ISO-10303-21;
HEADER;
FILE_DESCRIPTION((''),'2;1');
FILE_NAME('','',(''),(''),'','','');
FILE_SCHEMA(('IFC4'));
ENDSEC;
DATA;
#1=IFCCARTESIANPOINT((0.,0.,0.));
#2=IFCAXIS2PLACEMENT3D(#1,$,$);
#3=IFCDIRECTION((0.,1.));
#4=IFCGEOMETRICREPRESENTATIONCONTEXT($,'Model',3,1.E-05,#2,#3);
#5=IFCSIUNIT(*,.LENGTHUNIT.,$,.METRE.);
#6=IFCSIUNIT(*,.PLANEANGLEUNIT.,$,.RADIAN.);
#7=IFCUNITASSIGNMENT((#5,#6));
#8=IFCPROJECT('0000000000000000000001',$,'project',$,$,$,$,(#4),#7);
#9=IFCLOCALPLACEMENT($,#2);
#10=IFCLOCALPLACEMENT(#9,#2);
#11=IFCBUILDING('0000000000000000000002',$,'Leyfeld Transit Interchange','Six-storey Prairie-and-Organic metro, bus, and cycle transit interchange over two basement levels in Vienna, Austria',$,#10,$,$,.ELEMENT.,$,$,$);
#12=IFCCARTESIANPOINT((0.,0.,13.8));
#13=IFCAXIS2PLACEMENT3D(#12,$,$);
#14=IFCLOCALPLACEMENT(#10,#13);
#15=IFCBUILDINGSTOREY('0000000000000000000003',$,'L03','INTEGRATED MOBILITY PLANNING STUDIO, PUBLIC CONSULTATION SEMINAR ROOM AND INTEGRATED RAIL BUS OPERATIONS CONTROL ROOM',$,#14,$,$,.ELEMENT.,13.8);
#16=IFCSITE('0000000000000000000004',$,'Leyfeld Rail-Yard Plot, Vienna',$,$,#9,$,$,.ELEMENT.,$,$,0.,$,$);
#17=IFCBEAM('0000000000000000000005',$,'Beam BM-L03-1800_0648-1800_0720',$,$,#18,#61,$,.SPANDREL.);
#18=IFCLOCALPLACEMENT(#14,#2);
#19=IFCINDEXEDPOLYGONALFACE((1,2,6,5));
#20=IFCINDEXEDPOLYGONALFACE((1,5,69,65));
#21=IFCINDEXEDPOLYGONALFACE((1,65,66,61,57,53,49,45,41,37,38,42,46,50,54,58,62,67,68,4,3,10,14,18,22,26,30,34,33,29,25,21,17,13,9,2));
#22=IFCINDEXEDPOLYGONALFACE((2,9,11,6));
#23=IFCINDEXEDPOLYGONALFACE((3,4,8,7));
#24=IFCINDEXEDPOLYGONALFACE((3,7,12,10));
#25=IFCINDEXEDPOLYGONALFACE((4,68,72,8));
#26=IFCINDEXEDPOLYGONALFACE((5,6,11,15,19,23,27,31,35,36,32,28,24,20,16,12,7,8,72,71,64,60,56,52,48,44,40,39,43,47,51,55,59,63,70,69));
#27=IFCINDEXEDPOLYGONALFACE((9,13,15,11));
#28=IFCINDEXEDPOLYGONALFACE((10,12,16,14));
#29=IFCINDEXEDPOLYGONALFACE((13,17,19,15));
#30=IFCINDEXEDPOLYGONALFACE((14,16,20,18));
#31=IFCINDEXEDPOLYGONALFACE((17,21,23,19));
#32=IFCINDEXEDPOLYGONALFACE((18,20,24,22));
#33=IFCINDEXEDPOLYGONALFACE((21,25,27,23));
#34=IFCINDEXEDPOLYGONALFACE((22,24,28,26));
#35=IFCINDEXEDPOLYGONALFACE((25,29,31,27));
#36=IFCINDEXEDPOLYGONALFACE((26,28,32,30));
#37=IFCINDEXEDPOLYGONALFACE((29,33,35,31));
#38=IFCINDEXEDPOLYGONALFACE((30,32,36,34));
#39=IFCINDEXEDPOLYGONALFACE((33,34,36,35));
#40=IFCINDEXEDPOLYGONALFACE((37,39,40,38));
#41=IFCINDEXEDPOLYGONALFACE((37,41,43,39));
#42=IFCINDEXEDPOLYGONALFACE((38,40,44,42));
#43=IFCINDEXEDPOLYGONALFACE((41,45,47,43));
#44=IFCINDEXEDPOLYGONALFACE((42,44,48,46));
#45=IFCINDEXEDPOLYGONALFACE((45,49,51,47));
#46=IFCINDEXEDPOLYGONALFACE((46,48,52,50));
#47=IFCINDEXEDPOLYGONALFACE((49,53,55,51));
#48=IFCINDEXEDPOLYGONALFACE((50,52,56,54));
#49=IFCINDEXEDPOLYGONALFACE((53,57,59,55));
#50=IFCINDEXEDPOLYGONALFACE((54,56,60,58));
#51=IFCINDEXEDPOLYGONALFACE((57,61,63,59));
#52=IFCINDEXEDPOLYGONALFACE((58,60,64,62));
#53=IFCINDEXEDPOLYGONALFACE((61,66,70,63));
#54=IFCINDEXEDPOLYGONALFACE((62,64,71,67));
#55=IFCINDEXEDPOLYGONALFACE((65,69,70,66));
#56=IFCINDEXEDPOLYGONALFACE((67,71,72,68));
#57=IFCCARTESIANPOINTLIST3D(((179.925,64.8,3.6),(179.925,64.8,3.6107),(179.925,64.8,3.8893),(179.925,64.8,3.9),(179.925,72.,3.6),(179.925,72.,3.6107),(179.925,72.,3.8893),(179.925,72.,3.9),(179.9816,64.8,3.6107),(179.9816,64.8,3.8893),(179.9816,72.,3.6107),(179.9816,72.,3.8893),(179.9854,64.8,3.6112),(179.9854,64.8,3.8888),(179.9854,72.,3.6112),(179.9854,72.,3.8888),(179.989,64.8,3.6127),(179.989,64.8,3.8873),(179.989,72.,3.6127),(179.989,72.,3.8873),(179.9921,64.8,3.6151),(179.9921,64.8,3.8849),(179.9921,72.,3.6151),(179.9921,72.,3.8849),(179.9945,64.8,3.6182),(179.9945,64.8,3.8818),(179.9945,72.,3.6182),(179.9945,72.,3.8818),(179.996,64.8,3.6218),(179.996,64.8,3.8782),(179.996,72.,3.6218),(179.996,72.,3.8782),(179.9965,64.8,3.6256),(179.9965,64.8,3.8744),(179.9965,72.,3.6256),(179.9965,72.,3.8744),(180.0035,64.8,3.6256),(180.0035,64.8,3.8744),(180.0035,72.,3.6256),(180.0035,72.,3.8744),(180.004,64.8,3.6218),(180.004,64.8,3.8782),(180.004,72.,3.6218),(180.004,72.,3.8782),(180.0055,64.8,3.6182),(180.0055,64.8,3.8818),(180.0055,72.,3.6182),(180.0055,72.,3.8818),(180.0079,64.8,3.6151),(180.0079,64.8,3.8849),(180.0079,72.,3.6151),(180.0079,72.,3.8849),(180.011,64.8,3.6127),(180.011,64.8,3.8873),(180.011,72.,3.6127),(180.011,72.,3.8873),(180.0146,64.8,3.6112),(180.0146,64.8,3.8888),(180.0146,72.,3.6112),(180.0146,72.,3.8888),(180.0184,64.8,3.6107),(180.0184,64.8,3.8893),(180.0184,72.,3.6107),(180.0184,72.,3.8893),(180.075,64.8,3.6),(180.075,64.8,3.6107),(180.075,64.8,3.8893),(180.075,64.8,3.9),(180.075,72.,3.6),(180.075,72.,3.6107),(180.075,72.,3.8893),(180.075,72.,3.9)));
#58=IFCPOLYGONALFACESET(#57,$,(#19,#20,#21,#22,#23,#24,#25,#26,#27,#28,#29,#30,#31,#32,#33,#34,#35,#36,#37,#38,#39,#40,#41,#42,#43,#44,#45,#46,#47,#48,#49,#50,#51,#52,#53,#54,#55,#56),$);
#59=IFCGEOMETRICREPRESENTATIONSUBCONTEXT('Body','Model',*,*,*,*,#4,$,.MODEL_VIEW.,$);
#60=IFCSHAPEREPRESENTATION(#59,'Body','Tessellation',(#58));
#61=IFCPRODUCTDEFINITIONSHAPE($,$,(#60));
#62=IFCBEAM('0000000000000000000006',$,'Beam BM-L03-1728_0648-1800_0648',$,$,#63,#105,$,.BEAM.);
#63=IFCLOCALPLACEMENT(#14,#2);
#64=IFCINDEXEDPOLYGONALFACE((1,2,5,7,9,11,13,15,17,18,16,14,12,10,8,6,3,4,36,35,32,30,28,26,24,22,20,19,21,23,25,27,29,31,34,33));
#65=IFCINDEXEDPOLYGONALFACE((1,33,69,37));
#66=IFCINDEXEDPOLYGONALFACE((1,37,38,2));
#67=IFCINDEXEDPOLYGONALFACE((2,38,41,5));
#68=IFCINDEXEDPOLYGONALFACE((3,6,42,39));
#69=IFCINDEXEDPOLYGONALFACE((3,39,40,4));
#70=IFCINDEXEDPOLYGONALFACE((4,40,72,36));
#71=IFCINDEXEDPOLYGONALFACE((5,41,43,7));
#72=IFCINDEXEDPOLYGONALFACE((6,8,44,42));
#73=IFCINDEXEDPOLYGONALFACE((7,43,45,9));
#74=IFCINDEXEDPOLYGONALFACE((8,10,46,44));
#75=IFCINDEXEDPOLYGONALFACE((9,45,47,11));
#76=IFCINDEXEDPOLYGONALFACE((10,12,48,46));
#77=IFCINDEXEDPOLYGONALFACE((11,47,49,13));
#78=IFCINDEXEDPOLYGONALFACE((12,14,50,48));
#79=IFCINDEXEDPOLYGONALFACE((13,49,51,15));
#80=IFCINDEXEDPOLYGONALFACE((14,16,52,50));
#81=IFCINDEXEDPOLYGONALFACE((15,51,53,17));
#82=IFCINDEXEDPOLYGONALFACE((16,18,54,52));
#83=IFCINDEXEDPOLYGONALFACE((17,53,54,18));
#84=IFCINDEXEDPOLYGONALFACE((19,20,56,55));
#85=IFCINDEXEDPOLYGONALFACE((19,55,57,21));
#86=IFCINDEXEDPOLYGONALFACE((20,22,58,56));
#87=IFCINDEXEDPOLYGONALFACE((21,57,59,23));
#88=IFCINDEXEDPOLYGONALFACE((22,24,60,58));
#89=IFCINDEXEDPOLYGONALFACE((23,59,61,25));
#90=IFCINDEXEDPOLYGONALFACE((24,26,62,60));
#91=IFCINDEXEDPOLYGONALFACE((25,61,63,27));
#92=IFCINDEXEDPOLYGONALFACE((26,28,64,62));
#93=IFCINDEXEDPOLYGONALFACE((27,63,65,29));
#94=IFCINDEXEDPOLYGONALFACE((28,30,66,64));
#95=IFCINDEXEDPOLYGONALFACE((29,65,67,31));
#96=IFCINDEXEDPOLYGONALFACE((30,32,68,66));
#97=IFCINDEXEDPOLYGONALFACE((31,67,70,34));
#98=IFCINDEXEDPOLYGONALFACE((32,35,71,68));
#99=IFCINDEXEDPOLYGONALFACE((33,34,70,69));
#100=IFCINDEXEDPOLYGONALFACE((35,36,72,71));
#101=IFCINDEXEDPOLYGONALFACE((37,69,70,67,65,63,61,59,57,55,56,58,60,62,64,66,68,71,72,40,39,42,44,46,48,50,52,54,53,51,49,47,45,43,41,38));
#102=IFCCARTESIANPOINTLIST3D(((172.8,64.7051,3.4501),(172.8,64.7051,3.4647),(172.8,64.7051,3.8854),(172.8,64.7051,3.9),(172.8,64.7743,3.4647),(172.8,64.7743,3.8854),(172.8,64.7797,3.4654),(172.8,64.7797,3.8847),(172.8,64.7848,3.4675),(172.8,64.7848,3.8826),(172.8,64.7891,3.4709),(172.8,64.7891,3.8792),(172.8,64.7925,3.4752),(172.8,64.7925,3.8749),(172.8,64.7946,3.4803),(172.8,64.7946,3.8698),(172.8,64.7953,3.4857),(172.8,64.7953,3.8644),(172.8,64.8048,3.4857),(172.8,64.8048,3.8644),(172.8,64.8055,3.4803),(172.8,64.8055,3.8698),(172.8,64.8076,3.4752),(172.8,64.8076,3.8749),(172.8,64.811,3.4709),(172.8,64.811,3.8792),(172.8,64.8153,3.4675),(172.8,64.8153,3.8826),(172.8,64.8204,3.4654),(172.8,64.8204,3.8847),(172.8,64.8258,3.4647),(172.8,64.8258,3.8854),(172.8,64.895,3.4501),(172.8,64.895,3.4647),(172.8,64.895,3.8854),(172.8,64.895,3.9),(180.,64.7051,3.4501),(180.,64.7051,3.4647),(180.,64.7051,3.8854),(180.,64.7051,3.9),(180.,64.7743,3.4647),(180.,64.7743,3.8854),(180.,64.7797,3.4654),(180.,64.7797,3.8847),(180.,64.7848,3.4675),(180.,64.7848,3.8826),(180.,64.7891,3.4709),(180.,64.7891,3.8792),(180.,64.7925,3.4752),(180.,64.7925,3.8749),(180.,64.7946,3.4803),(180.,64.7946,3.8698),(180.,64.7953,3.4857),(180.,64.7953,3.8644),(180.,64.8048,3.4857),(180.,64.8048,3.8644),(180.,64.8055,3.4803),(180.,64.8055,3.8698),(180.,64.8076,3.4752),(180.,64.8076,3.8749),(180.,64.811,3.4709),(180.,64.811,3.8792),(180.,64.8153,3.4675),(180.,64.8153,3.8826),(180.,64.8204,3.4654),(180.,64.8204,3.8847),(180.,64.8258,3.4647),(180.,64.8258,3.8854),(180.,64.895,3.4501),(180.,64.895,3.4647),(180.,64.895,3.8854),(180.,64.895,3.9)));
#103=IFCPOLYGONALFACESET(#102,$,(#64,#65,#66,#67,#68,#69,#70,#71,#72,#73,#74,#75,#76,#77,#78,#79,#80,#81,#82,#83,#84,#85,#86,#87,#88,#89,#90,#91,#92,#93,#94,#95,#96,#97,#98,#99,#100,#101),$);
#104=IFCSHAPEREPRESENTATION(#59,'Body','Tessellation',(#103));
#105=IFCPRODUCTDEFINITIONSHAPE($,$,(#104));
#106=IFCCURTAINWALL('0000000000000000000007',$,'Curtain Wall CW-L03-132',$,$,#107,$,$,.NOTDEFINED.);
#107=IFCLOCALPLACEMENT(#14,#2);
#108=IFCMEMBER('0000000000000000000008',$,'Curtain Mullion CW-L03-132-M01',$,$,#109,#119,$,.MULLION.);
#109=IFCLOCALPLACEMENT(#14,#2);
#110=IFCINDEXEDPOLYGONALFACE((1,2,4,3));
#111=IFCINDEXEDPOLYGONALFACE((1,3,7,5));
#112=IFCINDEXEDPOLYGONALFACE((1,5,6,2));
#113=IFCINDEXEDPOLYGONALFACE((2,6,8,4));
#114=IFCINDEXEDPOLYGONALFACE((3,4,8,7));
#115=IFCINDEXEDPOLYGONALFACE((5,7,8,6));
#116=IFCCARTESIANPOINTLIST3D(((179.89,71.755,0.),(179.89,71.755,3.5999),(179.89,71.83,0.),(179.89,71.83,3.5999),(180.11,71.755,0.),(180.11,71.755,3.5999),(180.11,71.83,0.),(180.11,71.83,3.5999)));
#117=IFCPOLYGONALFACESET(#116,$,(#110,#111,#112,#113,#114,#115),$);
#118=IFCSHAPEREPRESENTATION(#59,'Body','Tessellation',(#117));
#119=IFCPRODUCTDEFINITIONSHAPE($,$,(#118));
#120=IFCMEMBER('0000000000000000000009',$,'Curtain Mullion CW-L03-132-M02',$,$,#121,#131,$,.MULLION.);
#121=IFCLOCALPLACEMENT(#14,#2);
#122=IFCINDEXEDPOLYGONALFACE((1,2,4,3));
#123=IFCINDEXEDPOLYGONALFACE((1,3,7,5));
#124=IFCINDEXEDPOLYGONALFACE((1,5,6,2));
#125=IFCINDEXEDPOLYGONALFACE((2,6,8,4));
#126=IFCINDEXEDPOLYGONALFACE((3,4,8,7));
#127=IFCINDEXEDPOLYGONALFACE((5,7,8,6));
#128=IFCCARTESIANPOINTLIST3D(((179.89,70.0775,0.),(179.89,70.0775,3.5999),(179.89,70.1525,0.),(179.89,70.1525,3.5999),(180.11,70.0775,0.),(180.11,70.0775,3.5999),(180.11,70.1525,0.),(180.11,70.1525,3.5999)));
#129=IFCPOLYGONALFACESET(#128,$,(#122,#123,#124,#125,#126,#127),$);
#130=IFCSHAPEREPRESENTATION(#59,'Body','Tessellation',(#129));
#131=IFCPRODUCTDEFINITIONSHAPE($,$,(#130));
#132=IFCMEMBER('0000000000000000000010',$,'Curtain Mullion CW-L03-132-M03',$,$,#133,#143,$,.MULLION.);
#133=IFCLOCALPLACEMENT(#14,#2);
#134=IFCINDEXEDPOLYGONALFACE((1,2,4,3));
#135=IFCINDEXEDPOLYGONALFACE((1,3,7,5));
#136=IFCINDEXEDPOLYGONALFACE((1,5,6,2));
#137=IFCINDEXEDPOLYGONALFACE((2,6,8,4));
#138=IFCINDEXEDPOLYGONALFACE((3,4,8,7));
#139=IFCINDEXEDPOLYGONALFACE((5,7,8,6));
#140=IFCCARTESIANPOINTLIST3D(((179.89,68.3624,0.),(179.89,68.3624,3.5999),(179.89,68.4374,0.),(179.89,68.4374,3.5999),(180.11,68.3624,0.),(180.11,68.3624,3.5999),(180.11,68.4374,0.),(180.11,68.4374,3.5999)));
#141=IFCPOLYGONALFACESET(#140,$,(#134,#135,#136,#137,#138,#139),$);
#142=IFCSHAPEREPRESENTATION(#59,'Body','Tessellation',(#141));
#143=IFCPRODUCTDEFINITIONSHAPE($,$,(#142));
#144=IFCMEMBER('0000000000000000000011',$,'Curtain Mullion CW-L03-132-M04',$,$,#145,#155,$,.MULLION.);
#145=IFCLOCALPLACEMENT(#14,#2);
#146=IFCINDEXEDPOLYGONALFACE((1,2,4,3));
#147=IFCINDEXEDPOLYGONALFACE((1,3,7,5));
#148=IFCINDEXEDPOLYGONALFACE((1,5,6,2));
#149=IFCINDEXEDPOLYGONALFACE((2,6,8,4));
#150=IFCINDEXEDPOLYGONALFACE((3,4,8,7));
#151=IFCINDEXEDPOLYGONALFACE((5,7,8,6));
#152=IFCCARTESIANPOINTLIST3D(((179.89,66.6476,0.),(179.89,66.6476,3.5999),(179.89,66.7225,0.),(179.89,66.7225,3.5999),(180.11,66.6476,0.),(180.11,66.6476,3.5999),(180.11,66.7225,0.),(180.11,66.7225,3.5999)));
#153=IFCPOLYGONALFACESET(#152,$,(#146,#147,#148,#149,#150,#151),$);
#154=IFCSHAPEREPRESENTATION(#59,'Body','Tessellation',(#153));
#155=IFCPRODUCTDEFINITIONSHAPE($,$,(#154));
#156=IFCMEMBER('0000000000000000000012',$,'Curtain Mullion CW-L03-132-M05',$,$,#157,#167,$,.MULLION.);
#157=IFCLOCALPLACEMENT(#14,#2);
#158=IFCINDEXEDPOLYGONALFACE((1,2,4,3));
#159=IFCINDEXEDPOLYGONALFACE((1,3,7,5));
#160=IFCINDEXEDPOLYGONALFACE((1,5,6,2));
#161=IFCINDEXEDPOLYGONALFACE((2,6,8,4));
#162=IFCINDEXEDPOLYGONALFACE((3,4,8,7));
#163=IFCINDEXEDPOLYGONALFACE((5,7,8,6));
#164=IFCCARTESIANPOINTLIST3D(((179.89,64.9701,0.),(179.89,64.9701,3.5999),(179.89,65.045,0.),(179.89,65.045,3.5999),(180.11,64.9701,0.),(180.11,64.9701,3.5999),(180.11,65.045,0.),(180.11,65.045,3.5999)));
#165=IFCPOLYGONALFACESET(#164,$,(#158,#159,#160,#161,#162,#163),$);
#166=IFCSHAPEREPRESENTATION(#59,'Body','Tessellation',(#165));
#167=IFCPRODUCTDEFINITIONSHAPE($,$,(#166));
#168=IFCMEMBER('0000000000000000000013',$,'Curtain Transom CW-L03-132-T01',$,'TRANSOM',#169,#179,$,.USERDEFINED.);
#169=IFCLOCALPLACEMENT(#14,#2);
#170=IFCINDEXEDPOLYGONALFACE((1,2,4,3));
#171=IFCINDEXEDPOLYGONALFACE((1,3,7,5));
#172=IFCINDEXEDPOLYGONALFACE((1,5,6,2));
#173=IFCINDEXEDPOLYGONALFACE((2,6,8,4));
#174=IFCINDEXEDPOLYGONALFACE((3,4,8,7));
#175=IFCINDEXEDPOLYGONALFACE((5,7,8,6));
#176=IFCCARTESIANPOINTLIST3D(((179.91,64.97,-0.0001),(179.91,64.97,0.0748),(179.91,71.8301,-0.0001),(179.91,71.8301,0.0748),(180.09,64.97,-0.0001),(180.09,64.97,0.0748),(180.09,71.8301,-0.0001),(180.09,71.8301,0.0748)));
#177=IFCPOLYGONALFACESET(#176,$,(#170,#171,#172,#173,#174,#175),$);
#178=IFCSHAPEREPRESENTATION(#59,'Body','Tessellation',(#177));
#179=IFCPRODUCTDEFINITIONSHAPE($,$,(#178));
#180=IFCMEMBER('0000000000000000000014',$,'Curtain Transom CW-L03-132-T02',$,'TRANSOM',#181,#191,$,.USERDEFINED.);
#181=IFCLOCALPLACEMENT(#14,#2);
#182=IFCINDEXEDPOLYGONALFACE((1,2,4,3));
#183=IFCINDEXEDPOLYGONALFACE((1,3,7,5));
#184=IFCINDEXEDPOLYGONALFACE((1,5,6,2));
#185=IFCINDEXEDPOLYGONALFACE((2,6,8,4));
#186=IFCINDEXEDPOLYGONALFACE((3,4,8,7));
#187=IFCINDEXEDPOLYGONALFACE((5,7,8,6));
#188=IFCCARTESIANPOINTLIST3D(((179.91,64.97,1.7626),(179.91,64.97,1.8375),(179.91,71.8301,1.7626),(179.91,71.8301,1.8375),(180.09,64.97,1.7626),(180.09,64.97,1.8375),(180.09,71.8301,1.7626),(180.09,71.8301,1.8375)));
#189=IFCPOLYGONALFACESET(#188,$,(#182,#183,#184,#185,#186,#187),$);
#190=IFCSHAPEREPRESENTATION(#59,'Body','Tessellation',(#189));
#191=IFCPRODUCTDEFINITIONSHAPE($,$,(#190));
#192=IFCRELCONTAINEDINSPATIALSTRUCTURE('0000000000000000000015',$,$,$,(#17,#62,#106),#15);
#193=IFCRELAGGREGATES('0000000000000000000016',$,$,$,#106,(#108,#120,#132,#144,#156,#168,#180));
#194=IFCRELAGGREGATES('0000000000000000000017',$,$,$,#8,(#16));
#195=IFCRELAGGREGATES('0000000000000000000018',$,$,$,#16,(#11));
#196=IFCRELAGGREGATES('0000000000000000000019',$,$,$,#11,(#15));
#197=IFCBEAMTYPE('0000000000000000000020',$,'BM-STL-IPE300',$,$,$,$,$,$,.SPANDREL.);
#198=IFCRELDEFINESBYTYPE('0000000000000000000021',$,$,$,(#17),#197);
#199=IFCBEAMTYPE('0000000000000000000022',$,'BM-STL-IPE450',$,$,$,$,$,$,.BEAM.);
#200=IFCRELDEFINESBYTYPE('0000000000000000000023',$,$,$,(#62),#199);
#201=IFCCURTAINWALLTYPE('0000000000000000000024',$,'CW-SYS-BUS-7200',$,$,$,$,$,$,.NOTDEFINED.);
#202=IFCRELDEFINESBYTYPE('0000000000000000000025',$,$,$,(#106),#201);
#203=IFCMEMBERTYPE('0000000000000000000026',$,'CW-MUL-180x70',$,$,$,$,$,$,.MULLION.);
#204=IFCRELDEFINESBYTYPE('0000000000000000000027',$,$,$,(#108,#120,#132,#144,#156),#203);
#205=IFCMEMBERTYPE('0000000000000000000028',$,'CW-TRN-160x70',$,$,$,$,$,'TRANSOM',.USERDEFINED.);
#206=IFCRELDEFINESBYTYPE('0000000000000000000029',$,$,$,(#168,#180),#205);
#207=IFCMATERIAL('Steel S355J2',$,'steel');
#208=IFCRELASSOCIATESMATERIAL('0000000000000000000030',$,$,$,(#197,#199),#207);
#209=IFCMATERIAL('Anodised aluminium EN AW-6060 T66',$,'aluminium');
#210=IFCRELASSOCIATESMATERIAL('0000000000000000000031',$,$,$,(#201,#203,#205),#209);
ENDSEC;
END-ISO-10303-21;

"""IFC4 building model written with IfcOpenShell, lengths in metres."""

from ifc_helpers import new_model, si_unit, direction, frame, origin, origin_2d, place, context, subcontext, project, spatial, rectangle, i_section, extrude, material, material_profile, profile_set, type_object, element, aggregate, save


model = new_model("IFC4")

# Units and contexts
model_context = context("Model", 3, precision=1e-05, world=origin(), true_north=direction((0.0, 1.0)))
body_context = subcontext(model_context, "Body", "Model", "MODEL_VIEW")
ifc_project = project(units=[si_unit("LENGTHUNIT", "METRE"), si_unit("PLANEANGLEUNIT", "RADIAN")], contexts=[model_context])

# Site, building, storey
site_placement = place(None, origin())
site = spatial("IfcSite", under=ifc_project, at=site_placement, Name="Leyfeld Rail-Yard Plot, Vienna", CompositionType="ELEMENT", RefElevation=0.0)
building_placement = place(site_placement, origin())
building = spatial("IfcBuilding", under=site, at=building_placement, Name="Leyfeld Transit Interchange", Description="Six-storey Prairie-and-Organic metro, bus, and cycle transit interchange over two basement levels in Vienna, Austria", CompositionType="ELEMENT")
storey_placement = place(building_placement, frame((0.0, 0.0, 13.8)))
storey = spatial("IfcBuildingStorey", under=building, at=storey_placement, Name="L03", Description="INTEGRATED MOBILITY PLANNING STUDIO, PUBLIC CONSULTATION SEMINAR ROOM AND INTEGRATED RAIL BUS OPERATIONS CONTROL ROOM", CompositionType="ELEMENT", Elevation=13.8)

# Shared definitions
ifc_material_1 = material(Name="Steel S355J2", Category="steel")

# Beams
ifc_material_profile_1 = material_profile(ifc_material_1, i_section(OverallWidth=0.1499, OverallDepth=0.3, WebThickness=0.0071, FlangeThickness=0.0107, FilletRadius=0.0149, at=origin_2d()), Name="IPE 300")
ifc_profile_set_1 = profile_set([ifc_material_profile_1], Name="Steel S355J2")
beam_type_1 = type_object("IfcBeamType", Name="BM-STL-IPE300", PredefinedType="SPANDREL", material=ifc_profile_set_1)
for number, where, z_axis, x_axis, name in (
    (1, (180.0, 64.8, 3.75), (0.0, 1.0, 0.0), (-1.0, 0.0, 0.0), "Beam BM-L03-1800_0648-1800_0720"),
):
    element("IfcBeam", number, at=place(storey_placement, frame(where, z_axis=z_axis, x_axis=x_axis)), inside=storey, type_object=beam_type_1, Name=name, PredefinedType="SPANDREL", context=body_context, shape_type="SweptSolid", body=[
        extrude(i_section(OverallWidth=0.1499, OverallDepth=0.3, WebThickness=0.0071, FlangeThickness=0.0107, FilletRadius=0.0149, at=origin_2d()), origin(), (0.0, 0.0, 1.0), 7.2),
    ])
ifc_material_profile_2 = material_profile(ifc_material_1, i_section(OverallWidth=0.1899, OverallDepth=0.45, WebThickness=0.0095, FlangeThickness=0.0146, FilletRadius=0.021, at=origin_2d()), Name="IPE 450")
ifc_profile_set_2 = profile_set([ifc_material_profile_2], Name="Steel S355J2")
beam_type_2 = type_object("IfcBeamType", Name="BM-STL-IPE450", PredefinedType="BEAM", material=ifc_profile_set_2)
beam_1_placement = place(storey_placement, frame((172.8, 64.8, 3.675), z_axis=(1.0, 0.0, 0.0), x_axis=(0.0, 1.0, 0.0)))
element("IfcBeam", 2, at=beam_1_placement, inside=storey, type_object=beam_type_2, Name="Beam BM-L03-1728_0648-1800_0648", PredefinedType="BEAM", context=body_context, shape_type="SweptSolid", body=[
    extrude(i_section(OverallWidth=0.1899, OverallDepth=0.45, WebThickness=0.0095, FlangeThickness=0.0146, FilletRadius=0.021, at=origin_2d()), origin(), (0.0, 0.0, 1.0), 7.2),
])

# Curtain wall, members
ifc_material_2 = material(Name="Anodised aluminium EN AW-6060 T66", Category="aluminium")
curtain_wall_type = type_object("IfcCurtainWallType", Name="CW-SYS-BUS-7200", PredefinedType="NOTDEFINED", material=ifc_material_2)
curtain_wall_placement = place(storey_placement, origin())
curtain_wall = element("IfcCurtainWall", 3, at=curtain_wall_placement, inside=storey, type_object=curtain_wall_type, Name="Curtain Wall CW-L03-132", PredefinedType="NOTDEFINED")
ifc_material_profile_3 = material_profile(ifc_material_2, rectangle(XDim=0.075, YDim=0.22, at=origin_2d()), Name="CW-M 75x220")
ifc_profile_set_3 = profile_set([ifc_material_profile_3], Name="Anodised aluminium EN AW-6060 T66")
member_type_1 = type_object("IfcMemberType", Name="CW-MUL-180x70", PredefinedType="MULLION", material=ifc_profile_set_3)
member_1_placement = place(storey_placement, frame((180.0, 71.7925, 0.0), z_axis=(0.0, 0.0, 1.0), x_axis=(0.0, -1.0, 0.0)))
member_1 = element("IfcMember", 4, at=member_1_placement, type_object=member_type_1, Name="Curtain Mullion CW-L03-132-M01", PredefinedType="MULLION", context=body_context, shape_type="SweptSolid", body=[
    extrude(rectangle(XDim=0.075, YDim=0.22, at=origin_2d()), origin(), (0.0, 0.0, 1.0), 3.5999),
])
member_2_placement = place(storey_placement, frame((180.0, 70.115, 0.0), z_axis=(0.0, 0.0, 1.0), x_axis=(0.0, -1.0, 0.0)))
member_2 = element("IfcMember", 5, at=member_2_placement, type_object=member_type_1, Name="Curtain Mullion CW-L03-132-M02", PredefinedType="MULLION", context=body_context, shape_type="SweptSolid", body=[
    extrude(rectangle(XDim=0.075, YDim=0.22, at=origin_2d()), origin(), (0.0, 0.0, 1.0), 3.5999),
])
member_3_placement = place(storey_placement, frame((180.0, 68.3999, 0.0), z_axis=(0.0, 0.0, 1.0), x_axis=(0.0, -1.0, 0.0)))
member_3 = element("IfcMember", 6, at=member_3_placement, type_object=member_type_1, Name="Curtain Mullion CW-L03-132-M03", PredefinedType="MULLION", context=body_context, shape_type="SweptSolid", body=[
    extrude(rectangle(XDim=0.075, YDim=0.22, at=origin_2d()), origin(), (0.0, 0.0, 1.0), 3.5999),
])
member_4_placement = place(storey_placement, frame((180.0, 66.6851, 0.0), z_axis=(0.0, 0.0, 1.0), x_axis=(0.0, -1.0, 0.0)))
member_4 = element("IfcMember", 7, at=member_4_placement, type_object=member_type_1, Name="Curtain Mullion CW-L03-132-M04", PredefinedType="MULLION", context=body_context, shape_type="SweptSolid", body=[
    extrude(rectangle(XDim=0.075, YDim=0.22, at=origin_2d()), origin(), (0.0, 0.0, 1.0), 3.5999),
])
member_5_placement = place(storey_placement, frame((180.0, 65.0076, 0.0), z_axis=(0.0, 0.0, 1.0), x_axis=(0.0, -1.0, 0.0)))
member_5 = element("IfcMember", 8, at=member_5_placement, type_object=member_type_1, Name="Curtain Mullion CW-L03-132-M05", PredefinedType="MULLION", context=body_context, shape_type="SweptSolid", body=[
    extrude(rectangle(XDim=0.075, YDim=0.22, at=origin_2d()), origin(), (0.0, 0.0, 1.0), 3.5999),
])
ifc_material_profile_4 = material_profile(ifc_material_2, rectangle(XDim=0.1799, YDim=0.075, at=origin_2d()), Name="CW-TRN-160x70")
ifc_profile_set_4 = profile_set([ifc_material_profile_4], Name="Anodised aluminium EN AW-6060 T66")
member_type_2 = type_object("IfcMemberType", Name="CW-TRN-160x70", ElementType="TRANSOM", PredefinedType="USERDEFINED", material=ifc_profile_set_4)
member_6_placement = place(storey_placement, frame((180.0, 71.8301, 0.0374), z_axis=(0.0, -1.0, 0.0), x_axis=(1.0, 0.0, 0.0)))
member_6 = element("IfcMember", 9, at=member_6_placement, type_object=member_type_2, Name="Curtain Transom CW-L03-132-T01", ObjectType="TRANSOM", PredefinedType="USERDEFINED", context=body_context, shape_type="SweptSolid", body=[
    extrude(rectangle(XDim=0.1799, YDim=0.075, at=origin_2d()), origin(), (0.0, 0.0, 1.0), 6.8601),
])
member_7_placement = place(storey_placement, frame((180.0, 71.8301, 1.8), z_axis=(0.0, -1.0, 0.0), x_axis=(1.0, 0.0, 0.0)))
member_7 = element("IfcMember", 10, at=member_7_placement, type_object=member_type_2, Name="Curtain Transom CW-L03-132-T02", ObjectType="TRANSOM", PredefinedType="USERDEFINED", context=body_context, shape_type="SweptSolid", body=[
    extrude(rectangle(XDim=0.1799, YDim=0.075, at=origin_2d()), origin(), (0.0, 0.0, 1.0), 6.8601),
])
aggregate(curtain_wall, [member_1, member_2, member_3, member_4, member_5, member_6, member_7])

save(model, "model.ifc")
